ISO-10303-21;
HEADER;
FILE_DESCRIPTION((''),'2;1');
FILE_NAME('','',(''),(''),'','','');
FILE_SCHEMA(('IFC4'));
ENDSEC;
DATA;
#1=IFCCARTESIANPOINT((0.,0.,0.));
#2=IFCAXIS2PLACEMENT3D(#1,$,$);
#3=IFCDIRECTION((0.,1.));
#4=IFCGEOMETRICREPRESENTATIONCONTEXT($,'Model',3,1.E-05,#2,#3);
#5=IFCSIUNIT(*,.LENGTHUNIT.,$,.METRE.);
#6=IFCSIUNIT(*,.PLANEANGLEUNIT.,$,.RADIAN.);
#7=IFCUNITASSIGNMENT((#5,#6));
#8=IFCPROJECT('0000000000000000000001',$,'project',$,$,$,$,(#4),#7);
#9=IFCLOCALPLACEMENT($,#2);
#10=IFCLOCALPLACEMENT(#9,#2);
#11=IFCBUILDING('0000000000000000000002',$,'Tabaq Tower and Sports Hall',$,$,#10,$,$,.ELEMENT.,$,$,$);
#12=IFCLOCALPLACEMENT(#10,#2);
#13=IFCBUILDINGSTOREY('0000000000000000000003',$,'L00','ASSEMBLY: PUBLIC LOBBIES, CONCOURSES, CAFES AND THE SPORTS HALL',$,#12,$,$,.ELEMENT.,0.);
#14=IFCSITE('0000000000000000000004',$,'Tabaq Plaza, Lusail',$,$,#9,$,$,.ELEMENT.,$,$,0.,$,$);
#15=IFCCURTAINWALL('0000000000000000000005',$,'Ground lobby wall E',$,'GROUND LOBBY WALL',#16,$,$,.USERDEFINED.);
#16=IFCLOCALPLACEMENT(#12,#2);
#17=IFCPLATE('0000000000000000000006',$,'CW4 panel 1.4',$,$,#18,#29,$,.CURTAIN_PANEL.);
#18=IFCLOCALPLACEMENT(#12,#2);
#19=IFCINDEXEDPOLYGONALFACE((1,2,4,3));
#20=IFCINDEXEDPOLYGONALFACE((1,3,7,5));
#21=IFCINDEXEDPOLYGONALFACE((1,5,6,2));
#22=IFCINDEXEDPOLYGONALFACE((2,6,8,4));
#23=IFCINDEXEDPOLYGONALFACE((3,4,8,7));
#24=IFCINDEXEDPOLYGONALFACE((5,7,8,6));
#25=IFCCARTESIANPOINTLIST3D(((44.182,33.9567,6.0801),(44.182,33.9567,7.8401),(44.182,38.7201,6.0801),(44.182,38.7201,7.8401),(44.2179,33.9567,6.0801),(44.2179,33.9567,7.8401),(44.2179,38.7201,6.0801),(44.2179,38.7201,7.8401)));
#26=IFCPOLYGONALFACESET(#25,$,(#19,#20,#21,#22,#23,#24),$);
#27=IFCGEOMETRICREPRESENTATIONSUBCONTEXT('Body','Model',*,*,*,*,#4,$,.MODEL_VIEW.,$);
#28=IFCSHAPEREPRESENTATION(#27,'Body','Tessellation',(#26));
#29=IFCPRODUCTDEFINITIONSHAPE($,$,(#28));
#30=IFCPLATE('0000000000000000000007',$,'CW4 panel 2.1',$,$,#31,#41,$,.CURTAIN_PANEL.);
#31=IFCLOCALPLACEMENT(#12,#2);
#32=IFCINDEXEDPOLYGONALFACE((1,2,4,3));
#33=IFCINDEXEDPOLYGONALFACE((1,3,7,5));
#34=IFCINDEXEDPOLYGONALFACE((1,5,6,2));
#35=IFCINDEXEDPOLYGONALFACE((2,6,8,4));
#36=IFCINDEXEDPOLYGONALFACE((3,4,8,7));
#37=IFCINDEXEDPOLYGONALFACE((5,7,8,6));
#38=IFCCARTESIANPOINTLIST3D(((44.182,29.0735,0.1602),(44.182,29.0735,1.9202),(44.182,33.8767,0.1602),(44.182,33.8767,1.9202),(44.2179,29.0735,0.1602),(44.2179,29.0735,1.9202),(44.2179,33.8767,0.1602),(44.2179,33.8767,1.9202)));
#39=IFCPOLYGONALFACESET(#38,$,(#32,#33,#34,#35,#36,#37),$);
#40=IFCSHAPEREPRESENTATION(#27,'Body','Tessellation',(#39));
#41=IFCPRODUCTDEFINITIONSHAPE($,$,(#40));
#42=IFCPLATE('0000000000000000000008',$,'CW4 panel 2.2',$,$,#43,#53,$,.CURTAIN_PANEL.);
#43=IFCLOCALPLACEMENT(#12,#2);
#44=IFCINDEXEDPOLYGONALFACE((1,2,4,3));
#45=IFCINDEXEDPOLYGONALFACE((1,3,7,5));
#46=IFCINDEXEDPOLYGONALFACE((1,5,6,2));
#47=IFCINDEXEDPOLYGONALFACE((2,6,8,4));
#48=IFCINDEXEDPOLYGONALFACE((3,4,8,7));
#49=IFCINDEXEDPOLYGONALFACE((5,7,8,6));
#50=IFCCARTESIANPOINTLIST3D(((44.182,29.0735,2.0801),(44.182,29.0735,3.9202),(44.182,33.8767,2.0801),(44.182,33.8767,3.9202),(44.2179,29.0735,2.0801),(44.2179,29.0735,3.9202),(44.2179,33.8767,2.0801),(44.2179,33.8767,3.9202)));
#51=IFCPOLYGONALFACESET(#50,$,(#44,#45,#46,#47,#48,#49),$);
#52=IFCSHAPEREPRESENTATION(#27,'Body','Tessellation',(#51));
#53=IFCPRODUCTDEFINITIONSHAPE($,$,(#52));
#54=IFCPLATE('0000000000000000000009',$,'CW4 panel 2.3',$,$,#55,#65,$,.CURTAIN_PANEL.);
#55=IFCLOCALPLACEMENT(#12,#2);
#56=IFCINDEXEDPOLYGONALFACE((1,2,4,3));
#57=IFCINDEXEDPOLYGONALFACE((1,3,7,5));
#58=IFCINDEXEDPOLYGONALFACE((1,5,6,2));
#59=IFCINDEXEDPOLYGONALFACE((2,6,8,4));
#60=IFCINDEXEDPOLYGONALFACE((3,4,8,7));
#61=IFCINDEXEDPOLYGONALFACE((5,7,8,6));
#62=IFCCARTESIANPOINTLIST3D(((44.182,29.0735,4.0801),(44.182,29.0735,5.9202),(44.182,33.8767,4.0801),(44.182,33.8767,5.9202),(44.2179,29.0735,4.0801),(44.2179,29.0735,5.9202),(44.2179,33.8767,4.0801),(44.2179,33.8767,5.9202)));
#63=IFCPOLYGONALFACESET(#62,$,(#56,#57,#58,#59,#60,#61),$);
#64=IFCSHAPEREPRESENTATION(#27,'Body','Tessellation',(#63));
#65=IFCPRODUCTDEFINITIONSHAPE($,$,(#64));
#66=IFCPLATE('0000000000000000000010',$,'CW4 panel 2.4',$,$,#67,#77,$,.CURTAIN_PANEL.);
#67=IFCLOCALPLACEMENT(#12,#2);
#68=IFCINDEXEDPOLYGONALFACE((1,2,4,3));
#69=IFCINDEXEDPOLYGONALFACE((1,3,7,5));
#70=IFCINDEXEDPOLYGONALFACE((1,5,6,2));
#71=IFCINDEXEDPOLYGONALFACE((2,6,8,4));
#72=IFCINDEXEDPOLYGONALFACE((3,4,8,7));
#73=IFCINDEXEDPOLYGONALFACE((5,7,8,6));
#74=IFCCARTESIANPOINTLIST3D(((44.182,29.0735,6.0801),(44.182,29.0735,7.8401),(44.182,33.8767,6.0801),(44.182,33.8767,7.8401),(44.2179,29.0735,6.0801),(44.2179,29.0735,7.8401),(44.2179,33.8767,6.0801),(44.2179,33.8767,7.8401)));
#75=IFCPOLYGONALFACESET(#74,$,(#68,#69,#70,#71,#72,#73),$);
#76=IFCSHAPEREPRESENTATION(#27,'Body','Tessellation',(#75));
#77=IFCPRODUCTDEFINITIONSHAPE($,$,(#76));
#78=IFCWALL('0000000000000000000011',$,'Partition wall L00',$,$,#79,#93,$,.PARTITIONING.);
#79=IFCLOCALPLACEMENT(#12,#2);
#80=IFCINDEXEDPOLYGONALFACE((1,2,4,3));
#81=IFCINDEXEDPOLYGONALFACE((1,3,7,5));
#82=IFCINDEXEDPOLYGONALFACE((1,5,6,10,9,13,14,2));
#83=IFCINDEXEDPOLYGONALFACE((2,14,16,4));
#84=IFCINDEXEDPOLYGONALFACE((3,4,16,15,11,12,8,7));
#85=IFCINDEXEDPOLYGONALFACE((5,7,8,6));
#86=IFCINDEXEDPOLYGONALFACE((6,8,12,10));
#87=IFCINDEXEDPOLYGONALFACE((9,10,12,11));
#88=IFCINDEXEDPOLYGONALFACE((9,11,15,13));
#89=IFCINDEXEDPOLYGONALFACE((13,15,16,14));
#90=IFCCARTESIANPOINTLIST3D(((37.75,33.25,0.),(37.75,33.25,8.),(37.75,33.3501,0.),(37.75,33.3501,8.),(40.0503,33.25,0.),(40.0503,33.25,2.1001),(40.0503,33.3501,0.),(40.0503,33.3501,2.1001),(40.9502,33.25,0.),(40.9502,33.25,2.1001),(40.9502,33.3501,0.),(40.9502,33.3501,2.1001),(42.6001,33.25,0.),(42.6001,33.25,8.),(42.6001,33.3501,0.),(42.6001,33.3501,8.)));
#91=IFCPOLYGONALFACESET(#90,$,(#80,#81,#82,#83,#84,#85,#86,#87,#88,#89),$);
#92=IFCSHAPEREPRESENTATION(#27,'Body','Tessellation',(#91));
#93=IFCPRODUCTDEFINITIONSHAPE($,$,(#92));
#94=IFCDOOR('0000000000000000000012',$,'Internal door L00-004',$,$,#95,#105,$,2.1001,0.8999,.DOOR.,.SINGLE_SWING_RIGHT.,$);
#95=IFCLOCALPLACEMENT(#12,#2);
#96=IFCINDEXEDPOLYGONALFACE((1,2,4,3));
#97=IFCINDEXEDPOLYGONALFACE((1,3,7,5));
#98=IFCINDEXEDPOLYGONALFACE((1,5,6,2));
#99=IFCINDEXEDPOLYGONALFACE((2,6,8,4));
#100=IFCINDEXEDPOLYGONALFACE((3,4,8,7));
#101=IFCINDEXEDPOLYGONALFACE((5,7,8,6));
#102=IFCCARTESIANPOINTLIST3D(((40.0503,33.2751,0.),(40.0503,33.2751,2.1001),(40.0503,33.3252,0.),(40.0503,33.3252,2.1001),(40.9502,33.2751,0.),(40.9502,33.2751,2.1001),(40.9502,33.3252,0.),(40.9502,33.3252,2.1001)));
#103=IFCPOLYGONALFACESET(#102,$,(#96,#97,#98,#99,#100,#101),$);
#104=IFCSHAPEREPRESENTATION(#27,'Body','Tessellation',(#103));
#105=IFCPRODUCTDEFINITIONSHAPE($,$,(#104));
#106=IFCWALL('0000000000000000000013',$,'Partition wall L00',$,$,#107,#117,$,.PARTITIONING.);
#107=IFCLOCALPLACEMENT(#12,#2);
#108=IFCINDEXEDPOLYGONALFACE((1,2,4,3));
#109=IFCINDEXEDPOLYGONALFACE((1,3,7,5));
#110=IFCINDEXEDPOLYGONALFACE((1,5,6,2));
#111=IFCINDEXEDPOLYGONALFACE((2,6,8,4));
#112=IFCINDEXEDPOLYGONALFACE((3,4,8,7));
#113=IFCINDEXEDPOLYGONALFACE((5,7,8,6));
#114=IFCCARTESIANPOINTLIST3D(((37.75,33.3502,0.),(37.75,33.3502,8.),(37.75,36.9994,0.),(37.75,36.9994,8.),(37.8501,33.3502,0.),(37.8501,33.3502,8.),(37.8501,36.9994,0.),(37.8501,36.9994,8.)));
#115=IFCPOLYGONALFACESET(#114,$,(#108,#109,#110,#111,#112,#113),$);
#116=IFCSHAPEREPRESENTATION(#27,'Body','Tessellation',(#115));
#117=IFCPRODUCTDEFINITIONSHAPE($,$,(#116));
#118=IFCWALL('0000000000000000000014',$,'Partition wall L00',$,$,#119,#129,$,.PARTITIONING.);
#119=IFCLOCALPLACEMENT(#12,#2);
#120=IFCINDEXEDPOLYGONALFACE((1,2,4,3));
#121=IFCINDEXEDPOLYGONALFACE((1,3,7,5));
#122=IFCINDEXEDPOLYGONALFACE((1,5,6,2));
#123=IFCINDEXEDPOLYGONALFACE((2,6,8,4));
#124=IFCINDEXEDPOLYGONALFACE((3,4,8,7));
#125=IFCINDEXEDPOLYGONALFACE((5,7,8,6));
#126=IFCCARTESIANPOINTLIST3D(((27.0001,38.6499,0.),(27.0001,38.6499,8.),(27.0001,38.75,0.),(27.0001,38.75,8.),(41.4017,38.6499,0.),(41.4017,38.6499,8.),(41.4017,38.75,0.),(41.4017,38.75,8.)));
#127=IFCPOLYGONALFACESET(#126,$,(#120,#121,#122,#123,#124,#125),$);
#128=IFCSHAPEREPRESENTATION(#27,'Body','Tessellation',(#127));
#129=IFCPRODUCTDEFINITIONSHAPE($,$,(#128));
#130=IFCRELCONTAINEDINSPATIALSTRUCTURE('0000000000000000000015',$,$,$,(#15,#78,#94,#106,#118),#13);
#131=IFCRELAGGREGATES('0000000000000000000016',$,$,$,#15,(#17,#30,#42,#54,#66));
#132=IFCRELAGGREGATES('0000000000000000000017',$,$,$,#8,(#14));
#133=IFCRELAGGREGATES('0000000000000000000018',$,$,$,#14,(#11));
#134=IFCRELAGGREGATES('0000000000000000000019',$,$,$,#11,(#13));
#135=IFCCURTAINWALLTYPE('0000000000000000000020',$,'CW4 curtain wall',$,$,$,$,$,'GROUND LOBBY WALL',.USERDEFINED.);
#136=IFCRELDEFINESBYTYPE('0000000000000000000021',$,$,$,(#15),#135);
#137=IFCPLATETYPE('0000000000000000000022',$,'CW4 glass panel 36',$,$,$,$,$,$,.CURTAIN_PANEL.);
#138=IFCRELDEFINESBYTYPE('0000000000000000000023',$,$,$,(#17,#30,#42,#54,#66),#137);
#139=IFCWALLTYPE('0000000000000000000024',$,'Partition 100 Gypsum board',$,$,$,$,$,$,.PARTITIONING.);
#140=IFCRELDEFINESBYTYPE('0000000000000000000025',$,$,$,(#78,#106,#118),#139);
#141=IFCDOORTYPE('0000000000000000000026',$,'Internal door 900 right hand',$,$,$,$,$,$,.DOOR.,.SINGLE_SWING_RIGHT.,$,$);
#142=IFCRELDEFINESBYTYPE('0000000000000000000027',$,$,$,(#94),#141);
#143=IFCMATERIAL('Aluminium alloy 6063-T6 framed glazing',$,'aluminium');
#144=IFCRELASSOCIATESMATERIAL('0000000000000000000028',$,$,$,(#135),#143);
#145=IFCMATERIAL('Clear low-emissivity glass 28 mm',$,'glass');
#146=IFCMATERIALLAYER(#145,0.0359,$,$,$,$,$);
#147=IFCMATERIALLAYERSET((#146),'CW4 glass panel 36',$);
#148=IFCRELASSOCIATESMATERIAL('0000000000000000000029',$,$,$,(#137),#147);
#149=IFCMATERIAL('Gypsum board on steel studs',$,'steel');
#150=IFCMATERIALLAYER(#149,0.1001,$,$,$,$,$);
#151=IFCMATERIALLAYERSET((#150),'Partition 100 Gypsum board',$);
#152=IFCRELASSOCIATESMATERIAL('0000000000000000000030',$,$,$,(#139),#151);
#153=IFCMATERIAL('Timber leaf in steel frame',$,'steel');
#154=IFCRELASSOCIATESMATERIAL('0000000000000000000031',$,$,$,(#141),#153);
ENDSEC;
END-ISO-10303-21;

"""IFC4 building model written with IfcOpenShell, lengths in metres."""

from ifc_helpers import new_model, si_unit, direction, frame, frame_2d, origin, origin_2d, place, context, subcontext, project, spatial, rectangle, extrude, material, layer, layer_set, type_object, element, fill, aggregate, save


model = new_model("IFC4")

# Units and contexts
model_context = context("Model", 3, precision=1e-05, world=origin(), true_north=direction((0.0, 1.0)))
body_context = subcontext(model_context, "Body", "Model", "MODEL_VIEW")
ifc_project = project(units=[si_unit("LENGTHUNIT", "METRE"), si_unit("PLANEANGLEUNIT", "RADIAN")], contexts=[model_context])

# Site, building, storey
site_placement = place(None, origin())
site = spatial("IfcSite", under=ifc_project, at=site_placement, Name="Tabaq Plaza, Lusail", CompositionType="ELEMENT", RefElevation=0.0)
building_placement = place(site_placement, origin())
building = spatial("IfcBuilding", under=site, at=building_placement, Name="Tabaq Tower and Sports Hall", CompositionType="ELEMENT")
storey_placement = place(building_placement, origin())
storey = spatial("IfcBuildingStorey", under=building, at=storey_placement, Name="L00", Description="ASSEMBLY: PUBLIC LOBBIES, CONCOURSES, CAFES AND THE SPORTS HALL", CompositionType="ELEMENT", Elevation=0.0)

# Curtain wall, plates
ifc_material_1 = material(Name="Aluminium alloy 6063-T6 framed glazing", Category="aluminium")
curtain_wall_type = type_object("IfcCurtainWallType", Name="CW4 curtain wall", ElementType="GROUND LOBBY WALL", PredefinedType="USERDEFINED", material=ifc_material_1)
curtain_wall_placement = place(storey_placement, origin())
curtain_wall = element("IfcCurtainWall", 1, at=curtain_wall_placement, inside=storey, type_object=curtain_wall_type, Name="Ground lobby wall E", ObjectType="GROUND LOBBY WALL", PredefinedType="USERDEFINED")
ifc_material_2 = material(Name="Clear low-emissivity glass 28 mm", Category="glass")
ifc_layer_1 = layer(ifc_material_2, 0.0359)
ifc_layer_set_1 = layer_set([ifc_layer_1], Name="CW4 glass panel 36")
plate_type = type_object("IfcPlateType", Name="CW4 glass panel 36", PredefinedType="CURTAIN_PANEL", material=ifc_layer_set_1)
plate_1_placement = place(storey_placement, frame((44.2, 36.3384, 6.0801), z_axis=(0.0, 0.0, 1.0), x_axis=(0.0, -1.0, 0.0)))
plate_1 = element("IfcPlate", 2, at=plate_1_placement, type_object=plate_type, Name="CW4 panel 1.4", PredefinedType="CURTAIN_PANEL", context=body_context, shape_type="SweptSolid", body=[
    extrude(rectangle(XDim=4.7634, YDim=0.0359, at=origin_2d()), origin(), (0.0, 0.0, 1.0), 1.76),
])
plate_2_placement = place(storey_placement, frame((44.2, 31.4751, 0.1602), z_axis=(0.0, 0.0, 1.0), x_axis=(0.0, -1.0, 0.0)))
plate_2 = element("IfcPlate", 3, at=plate_2_placement, type_object=plate_type, Name="CW4 panel 2.1", PredefinedType="CURTAIN_PANEL", context=body_context, shape_type="SweptSolid", body=[
    extrude(rectangle(XDim=4.8032, YDim=0.0359, at=origin_2d()), origin(), (0.0, 0.0, 1.0), 1.76),
])
plate_3_placement = place(storey_placement, frame((44.2, 31.4751, 2.0801), z_axis=(0.0, 0.0, 1.0), x_axis=(0.0, -1.0, 0.0)))
plate_3 = element("IfcPlate", 4, at=plate_3_placement, type_object=plate_type, Name="CW4 panel 2.2", PredefinedType="CURTAIN_PANEL", context=body_context, shape_type="SweptSolid", body=[
    extrude(rectangle(XDim=4.8032, YDim=0.0359, at=origin_2d()), origin(), (0.0, 0.0, 1.0), 1.8401),
])
plate_4_placement = place(storey_placement, frame((44.2, 31.4751, 4.0801), z_axis=(0.0, 0.0, 1.0), x_axis=(0.0, -1.0, 0.0)))
plate_4 = element("IfcPlate", 5, at=plate_4_placement, type_object=plate_type, Name="CW4 panel 2.3", PredefinedType="CURTAIN_PANEL", context=body_context, shape_type="SweptSolid", body=[
    extrude(rectangle(XDim=4.8032, YDim=0.0359, at=origin_2d()), origin(), (0.0, 0.0, 1.0), 1.8401),
])
plate_5_placement = place(storey_placement, frame((44.2, 31.4751, 6.0801), z_axis=(0.0, 0.0, 1.0), x_axis=(0.0, -1.0, 0.0)))
plate_5 = element("IfcPlate", 6, at=plate_5_placement, type_object=plate_type, Name="CW4 panel 2.4", PredefinedType="CURTAIN_PANEL", context=body_context, shape_type="SweptSolid", body=[
    extrude(rectangle(XDim=4.8032, YDim=0.0359, at=origin_2d()), origin(), (0.0, 0.0, 1.0), 1.76),
])
aggregate(curtain_wall, [plate_1, plate_2, plate_3, plate_4, plate_5])

# Wall, opening, door
ifc_material_3 = material(Name="Gypsum board on steel studs", Category="steel")
ifc_layer_2 = layer(ifc_material_3, 0.1001)
ifc_layer_set_2 = layer_set([ifc_layer_2], Name="Partition 100 Gypsum board")
wall_type_1 = type_object("IfcWallType", Name="Partition 100 Gypsum board", PredefinedType="PARTITIONING", material=ifc_layer_set_2)
wall_1_placement = place(storey_placement, frame((42.6001, 33.3, 0.0), z_axis=(0.0, 0.0, 1.0), x_axis=(-1.0, 0.0, 0.0)))
wall_1 = element("IfcWall", 7, at=wall_1_placement, inside=storey, type_object=wall_type_1, Name="Partition wall L00", PredefinedType="PARTITIONING", context=body_context, shape_type="SweptSolid", body=[
    extrude(rectangle(XDim=4.8501, YDim=0.1001, at=frame_2d((2.425, 0.0))), origin(), (0.0, 0.0, 1.0), 8.0),
])
opening_1_placement = place(wall_1_placement, frame((1.6499, 0.0, 0.0)))
opening_1 = element("IfcOpeningElement", 8, at=opening_1_placement, cuts=wall_1, PredefinedType="OPENING", context=body_context, shape_type="SweptSolid", body=[
    extrude(rectangle(XDim=0.8999, YDim=2.1001, at=frame_2d((0.45, 1.05))), frame((0.0, 0.05, 0.0), z_axis=(0.0, -1.0, 0.0), x_axis=(1.0, 0.0, 0.0)), (0.0, 0.0, 1.0), 0.1001),
])
ifc_material_4 = material(Name="Timber leaf in steel frame", Category="steel")
door_type_1 = type_object("IfcDoorType", Name="Internal door 900 right hand", OperationType="SINGLE_SWING_RIGHT", PredefinedType="DOOR", material=ifc_material_4)
door_1_placement = place(opening_1_placement, origin())
door_1 = element("IfcDoor", 9, at=door_1_placement, inside=storey, type_object=door_type_1, Name="Internal door L00-004", OperationType="SINGLE_SWING_RIGHT", OverallHeight=2.1001, OverallWidth=0.8999, PredefinedType="DOOR", context=body_context, shape_type="SweptSolid", body=[
    extrude(rectangle(XDim=0.8999, YDim=2.1001, at=frame_2d((0.45, 1.05))), frame((0.0, 0.0249, 0.0), z_axis=(0.0, -1.0, 0.0), x_axis=(1.0, 0.0, 0.0)), (0.0, 0.0, 1.0), 0.05),
])
fill(opening_1, door_1)

# Walls
wall_2_placement = place(storey_placement, frame((37.8, 33.3501, 0.0), z_axis=(0.0, 0.0, 1.0), x_axis=(0.0, 1.0, 0.0)))
element("IfcWall", 10, at=wall_2_placement, inside=storey, type_object=wall_type_1, Name="Partition wall L00", PredefinedType="PARTITIONING", context=body_context, shape_type="SweptSolid", body=[
    extrude(rectangle(XDim=3.6492, YDim=0.1001, at=frame_2d((1.8247, 0.0))), origin(), (0.0, 0.0, 1.0), 8.0),
])
wall_3_placement = place(storey_placement, frame((41.4016, 38.7, 0.0), z_axis=(0.0, 0.0, 1.0), x_axis=(-1.0, 0.0, 0.0)))
element("IfcWall", 11, at=wall_3_placement, inside=storey, type_object=wall_type_1, Name="Partition wall L00", PredefinedType="PARTITIONING", context=body_context, shape_type="SweptSolid", body=[
    extrude(rectangle(XDim=14.4016, YDim=0.1001, at=frame_2d((7.2007, 0.0))), origin(), (0.0, 0.0, 1.0), 8.0),
])

save(model, "model.ifc")
